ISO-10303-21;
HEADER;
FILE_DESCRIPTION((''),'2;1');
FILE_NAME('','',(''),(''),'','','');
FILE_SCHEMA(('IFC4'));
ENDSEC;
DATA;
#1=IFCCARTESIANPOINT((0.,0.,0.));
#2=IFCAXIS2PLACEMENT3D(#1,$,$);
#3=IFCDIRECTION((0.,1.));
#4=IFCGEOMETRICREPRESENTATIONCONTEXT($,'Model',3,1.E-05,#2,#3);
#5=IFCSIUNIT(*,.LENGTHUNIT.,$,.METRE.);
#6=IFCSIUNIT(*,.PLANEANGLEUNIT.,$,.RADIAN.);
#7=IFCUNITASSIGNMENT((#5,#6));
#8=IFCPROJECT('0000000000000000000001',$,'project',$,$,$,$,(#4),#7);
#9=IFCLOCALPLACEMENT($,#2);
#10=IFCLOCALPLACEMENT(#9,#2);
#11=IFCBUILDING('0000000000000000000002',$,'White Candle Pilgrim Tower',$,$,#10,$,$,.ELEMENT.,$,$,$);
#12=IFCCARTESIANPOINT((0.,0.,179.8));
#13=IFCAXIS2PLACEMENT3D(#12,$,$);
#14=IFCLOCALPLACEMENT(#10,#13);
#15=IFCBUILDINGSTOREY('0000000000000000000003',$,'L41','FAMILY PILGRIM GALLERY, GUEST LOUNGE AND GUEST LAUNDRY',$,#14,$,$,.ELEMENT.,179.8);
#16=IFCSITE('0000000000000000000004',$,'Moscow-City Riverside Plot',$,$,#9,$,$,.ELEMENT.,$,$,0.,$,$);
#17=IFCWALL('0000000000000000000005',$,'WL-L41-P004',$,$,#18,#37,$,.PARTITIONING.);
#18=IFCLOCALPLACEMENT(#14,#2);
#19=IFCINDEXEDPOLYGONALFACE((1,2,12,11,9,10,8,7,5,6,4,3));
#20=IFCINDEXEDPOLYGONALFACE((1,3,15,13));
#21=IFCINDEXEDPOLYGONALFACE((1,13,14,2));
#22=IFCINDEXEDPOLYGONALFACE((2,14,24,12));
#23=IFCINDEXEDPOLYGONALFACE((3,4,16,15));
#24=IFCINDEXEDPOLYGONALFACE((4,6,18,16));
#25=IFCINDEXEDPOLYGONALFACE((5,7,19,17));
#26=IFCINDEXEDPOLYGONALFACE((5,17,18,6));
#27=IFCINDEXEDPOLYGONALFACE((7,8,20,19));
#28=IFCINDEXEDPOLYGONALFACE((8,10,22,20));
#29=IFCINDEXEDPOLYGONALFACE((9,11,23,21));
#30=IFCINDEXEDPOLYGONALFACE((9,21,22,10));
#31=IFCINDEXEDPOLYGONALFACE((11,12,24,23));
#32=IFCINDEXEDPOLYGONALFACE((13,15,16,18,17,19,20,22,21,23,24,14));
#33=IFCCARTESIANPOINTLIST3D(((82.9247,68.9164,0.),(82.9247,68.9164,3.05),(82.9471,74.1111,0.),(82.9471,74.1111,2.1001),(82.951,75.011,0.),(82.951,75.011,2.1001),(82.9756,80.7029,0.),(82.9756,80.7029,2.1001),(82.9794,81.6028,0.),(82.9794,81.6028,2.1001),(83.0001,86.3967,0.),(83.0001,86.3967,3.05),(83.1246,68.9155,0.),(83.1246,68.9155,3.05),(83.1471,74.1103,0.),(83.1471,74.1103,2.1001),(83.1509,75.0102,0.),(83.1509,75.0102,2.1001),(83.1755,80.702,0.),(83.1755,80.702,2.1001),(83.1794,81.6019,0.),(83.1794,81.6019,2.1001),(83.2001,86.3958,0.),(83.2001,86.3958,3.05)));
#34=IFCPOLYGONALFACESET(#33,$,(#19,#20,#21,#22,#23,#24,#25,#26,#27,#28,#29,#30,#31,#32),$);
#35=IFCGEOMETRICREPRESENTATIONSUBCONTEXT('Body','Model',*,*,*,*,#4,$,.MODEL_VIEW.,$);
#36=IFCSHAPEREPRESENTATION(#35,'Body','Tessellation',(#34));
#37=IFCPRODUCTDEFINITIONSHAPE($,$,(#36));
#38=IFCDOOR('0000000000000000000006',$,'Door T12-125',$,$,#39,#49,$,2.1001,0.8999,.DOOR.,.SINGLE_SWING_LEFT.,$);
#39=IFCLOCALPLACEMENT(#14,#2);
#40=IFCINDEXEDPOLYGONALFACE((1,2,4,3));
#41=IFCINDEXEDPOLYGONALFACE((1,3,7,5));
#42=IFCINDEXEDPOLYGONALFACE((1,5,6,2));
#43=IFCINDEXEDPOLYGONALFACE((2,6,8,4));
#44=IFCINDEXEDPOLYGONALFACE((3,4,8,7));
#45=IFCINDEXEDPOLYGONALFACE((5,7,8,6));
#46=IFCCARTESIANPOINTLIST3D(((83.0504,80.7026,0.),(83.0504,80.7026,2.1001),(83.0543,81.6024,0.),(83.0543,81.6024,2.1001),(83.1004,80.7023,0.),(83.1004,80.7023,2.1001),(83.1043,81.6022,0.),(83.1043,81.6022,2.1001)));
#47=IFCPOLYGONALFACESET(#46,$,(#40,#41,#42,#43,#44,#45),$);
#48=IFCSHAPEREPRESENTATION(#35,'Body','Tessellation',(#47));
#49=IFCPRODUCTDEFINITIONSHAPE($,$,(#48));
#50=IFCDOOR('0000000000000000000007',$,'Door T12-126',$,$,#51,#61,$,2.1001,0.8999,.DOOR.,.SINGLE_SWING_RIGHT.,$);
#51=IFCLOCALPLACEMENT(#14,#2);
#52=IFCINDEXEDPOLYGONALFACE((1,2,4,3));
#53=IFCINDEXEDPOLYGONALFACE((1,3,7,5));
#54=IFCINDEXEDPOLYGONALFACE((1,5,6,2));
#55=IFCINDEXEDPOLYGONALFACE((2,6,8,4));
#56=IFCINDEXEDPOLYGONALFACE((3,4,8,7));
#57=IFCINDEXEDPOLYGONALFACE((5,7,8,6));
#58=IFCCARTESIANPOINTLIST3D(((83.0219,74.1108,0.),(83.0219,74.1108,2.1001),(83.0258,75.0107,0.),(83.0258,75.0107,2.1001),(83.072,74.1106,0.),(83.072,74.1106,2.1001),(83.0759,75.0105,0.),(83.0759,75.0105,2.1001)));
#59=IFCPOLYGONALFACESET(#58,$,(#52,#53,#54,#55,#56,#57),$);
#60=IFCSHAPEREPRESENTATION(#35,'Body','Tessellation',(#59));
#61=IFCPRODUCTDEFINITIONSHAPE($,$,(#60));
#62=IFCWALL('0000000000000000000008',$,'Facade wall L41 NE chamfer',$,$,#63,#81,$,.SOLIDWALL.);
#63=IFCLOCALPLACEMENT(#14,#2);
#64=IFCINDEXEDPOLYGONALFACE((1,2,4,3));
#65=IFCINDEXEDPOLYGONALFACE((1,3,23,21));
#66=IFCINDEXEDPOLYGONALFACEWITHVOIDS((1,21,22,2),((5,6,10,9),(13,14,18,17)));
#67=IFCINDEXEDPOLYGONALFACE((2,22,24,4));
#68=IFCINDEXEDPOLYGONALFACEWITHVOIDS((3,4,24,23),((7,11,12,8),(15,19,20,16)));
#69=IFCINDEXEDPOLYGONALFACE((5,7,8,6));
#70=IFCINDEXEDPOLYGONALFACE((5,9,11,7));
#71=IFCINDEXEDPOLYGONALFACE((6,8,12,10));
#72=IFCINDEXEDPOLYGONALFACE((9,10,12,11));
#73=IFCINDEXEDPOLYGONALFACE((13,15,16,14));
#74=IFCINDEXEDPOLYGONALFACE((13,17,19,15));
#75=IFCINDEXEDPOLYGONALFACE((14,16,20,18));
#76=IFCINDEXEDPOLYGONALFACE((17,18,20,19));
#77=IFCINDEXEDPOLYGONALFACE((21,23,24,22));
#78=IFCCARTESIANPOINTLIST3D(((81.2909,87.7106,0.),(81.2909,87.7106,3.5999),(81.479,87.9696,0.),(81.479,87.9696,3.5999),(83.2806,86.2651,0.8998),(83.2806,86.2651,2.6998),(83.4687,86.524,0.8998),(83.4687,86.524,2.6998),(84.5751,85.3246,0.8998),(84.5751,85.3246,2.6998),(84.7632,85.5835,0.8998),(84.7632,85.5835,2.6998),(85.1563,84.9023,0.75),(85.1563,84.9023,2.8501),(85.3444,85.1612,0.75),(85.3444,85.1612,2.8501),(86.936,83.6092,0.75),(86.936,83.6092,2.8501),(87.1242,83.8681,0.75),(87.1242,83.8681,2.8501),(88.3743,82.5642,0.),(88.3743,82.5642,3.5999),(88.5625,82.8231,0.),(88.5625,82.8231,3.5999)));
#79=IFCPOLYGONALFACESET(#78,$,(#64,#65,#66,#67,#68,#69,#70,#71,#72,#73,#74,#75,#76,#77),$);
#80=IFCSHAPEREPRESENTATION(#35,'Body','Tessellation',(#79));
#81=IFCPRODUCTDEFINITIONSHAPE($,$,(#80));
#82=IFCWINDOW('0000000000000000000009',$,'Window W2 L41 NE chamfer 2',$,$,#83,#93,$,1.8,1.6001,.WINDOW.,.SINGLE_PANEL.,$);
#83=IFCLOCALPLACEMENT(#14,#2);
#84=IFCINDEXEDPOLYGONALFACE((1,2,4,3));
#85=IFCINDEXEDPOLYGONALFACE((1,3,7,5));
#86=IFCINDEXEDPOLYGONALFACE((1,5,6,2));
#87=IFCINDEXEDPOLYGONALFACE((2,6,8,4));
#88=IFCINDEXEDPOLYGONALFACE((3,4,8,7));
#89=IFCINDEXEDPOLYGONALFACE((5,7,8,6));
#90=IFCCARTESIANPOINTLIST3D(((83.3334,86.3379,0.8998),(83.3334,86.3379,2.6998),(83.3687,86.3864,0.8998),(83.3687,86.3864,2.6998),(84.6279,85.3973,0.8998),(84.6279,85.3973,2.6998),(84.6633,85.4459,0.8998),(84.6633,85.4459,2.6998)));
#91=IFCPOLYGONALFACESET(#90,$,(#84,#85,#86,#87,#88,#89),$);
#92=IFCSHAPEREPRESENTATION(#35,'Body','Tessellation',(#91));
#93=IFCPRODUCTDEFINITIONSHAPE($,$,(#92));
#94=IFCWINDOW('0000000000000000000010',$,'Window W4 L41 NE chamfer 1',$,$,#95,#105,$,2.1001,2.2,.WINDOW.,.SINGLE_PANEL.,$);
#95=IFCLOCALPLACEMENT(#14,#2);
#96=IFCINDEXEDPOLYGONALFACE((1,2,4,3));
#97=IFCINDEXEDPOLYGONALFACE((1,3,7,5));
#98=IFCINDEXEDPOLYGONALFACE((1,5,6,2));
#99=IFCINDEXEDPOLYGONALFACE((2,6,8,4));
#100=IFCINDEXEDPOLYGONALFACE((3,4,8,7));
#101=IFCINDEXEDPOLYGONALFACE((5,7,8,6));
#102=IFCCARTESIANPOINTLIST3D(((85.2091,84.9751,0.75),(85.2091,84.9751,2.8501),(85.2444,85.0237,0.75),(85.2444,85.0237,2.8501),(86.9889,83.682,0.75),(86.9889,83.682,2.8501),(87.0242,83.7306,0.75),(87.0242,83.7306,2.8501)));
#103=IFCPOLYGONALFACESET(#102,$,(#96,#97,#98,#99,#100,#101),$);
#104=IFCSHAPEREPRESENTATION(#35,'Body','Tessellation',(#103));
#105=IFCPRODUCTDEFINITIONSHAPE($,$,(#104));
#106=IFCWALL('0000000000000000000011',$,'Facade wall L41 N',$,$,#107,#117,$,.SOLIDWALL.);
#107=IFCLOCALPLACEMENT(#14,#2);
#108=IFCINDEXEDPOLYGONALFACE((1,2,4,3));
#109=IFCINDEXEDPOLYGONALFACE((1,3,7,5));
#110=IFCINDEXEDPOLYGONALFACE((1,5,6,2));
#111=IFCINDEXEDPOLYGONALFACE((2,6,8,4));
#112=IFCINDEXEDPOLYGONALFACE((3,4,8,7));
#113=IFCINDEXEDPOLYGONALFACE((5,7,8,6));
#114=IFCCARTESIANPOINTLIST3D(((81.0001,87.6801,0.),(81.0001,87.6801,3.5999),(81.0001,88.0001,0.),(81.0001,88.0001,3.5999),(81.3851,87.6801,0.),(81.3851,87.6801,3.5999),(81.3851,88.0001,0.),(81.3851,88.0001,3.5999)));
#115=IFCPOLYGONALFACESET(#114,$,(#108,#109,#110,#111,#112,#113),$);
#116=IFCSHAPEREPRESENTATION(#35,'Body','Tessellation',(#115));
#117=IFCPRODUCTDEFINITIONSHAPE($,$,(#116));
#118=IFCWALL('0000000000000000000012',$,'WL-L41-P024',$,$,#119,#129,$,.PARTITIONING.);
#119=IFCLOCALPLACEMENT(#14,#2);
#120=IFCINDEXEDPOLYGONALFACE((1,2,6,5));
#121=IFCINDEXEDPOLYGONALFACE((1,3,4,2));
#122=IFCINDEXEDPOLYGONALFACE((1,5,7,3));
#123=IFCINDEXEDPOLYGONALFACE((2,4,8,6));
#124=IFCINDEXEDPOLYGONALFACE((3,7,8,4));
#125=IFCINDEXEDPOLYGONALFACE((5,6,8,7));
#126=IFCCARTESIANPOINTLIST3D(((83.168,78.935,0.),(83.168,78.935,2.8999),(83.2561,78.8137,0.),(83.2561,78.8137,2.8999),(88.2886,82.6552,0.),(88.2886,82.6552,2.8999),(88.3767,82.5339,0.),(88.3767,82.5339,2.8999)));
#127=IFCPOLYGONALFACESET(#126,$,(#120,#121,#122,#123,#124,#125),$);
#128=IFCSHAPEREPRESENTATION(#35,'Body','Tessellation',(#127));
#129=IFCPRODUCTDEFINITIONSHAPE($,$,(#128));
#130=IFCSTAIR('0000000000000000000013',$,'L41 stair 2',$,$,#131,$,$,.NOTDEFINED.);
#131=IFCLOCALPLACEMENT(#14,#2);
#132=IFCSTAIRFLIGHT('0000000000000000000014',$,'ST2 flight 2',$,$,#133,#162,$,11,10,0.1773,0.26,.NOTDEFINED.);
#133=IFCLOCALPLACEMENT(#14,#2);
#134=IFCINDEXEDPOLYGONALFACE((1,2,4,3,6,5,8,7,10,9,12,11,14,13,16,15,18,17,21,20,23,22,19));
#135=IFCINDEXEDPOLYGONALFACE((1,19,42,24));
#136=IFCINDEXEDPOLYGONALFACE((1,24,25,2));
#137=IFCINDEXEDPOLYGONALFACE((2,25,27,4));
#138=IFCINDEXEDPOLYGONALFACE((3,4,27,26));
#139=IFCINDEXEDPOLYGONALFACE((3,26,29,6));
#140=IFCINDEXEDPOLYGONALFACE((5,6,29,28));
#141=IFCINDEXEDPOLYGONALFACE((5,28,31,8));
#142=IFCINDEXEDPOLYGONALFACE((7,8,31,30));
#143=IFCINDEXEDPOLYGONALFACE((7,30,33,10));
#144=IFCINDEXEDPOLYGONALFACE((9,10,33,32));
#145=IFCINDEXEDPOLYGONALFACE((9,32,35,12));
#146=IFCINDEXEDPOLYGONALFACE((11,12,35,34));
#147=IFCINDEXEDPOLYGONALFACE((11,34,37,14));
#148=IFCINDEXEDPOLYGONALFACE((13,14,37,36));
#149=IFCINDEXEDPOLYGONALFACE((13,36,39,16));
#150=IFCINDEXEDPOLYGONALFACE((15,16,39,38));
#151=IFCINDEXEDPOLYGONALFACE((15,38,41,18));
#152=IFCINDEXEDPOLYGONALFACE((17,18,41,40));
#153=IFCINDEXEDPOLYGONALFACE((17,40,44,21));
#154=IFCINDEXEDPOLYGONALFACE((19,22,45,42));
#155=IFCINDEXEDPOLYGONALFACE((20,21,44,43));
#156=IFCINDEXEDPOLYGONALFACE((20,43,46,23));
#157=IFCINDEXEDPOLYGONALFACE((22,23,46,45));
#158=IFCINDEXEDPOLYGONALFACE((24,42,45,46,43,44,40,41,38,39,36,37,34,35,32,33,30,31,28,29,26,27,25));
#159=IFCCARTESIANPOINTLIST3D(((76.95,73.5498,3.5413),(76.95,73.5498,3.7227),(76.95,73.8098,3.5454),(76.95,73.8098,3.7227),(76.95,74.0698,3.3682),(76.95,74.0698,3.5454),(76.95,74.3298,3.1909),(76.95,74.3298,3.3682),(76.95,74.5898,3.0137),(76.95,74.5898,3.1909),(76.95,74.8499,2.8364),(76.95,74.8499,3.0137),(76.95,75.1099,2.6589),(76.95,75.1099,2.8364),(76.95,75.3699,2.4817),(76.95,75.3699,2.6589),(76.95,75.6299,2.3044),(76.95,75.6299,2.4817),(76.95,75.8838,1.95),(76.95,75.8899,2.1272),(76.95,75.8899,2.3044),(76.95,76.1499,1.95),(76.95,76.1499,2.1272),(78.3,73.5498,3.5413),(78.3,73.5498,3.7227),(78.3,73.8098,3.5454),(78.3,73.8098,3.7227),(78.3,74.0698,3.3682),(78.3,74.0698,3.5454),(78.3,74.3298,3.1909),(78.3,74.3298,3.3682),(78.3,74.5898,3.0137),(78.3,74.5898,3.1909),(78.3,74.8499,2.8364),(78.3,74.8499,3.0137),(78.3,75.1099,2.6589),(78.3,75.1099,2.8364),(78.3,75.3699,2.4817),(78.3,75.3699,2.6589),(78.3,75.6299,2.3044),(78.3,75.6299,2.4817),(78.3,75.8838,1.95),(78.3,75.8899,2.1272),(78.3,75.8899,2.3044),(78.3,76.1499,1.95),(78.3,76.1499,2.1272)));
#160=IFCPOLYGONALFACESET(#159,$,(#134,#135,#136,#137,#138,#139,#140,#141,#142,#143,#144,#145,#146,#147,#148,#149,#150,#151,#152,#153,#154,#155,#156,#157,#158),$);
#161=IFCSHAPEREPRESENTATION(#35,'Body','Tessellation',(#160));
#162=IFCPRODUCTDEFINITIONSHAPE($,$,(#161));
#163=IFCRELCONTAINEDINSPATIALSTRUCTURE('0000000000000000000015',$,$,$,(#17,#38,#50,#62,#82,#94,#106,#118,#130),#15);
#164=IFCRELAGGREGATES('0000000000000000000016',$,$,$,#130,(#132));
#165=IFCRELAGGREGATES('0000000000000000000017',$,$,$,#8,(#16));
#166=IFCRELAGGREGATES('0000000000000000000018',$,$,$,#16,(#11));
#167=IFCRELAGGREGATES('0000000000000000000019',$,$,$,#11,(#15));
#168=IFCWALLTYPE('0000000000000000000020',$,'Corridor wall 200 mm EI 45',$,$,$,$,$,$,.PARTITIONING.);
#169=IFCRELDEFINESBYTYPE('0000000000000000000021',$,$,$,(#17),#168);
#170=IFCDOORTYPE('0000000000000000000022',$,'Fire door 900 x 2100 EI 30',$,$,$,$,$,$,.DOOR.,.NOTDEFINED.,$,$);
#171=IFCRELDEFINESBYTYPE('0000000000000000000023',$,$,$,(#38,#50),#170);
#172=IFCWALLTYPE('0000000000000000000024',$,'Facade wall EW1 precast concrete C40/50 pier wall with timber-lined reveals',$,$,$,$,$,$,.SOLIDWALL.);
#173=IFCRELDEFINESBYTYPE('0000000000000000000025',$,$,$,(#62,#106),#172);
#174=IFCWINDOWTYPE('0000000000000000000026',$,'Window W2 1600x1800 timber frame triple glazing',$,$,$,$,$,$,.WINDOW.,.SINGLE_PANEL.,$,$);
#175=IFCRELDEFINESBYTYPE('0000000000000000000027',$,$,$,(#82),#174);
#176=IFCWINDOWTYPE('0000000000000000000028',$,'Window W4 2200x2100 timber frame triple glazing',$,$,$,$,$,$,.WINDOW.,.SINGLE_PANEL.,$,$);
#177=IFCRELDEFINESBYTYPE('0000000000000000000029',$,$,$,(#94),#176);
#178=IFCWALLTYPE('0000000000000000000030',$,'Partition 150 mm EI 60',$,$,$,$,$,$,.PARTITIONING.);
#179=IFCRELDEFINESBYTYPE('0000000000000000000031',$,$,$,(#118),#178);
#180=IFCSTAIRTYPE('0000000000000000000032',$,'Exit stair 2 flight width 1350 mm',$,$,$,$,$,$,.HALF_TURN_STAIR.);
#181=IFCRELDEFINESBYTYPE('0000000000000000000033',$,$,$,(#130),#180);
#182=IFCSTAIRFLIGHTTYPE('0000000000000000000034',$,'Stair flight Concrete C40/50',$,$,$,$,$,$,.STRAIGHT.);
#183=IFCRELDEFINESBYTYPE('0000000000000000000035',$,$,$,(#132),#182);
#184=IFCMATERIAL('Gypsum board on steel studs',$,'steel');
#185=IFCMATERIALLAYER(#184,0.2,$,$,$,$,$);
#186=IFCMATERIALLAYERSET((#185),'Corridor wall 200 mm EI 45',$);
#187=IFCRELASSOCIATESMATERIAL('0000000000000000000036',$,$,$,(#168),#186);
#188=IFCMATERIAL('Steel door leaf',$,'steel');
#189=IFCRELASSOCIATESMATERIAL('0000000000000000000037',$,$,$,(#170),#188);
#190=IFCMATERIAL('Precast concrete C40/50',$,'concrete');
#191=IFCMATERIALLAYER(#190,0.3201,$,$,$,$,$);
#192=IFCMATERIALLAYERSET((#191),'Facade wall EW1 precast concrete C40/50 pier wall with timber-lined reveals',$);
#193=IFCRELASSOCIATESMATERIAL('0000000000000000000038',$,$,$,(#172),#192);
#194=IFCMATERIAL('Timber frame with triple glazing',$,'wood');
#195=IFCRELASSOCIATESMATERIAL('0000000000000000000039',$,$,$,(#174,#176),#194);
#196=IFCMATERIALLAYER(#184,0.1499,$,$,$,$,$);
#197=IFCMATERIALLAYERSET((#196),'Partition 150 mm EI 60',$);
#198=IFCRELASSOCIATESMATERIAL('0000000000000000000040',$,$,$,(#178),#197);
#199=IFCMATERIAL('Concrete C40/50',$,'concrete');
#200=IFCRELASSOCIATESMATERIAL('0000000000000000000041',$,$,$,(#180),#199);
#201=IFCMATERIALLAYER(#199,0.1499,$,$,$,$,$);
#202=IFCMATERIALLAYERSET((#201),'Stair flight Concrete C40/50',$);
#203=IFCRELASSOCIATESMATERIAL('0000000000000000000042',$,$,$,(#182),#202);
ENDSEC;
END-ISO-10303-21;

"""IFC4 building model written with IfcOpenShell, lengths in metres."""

from ifc_helpers import new_model, si_unit, direction, frame, frame_2d, origin, place, context, subcontext, project, spatial, polyline, rectangle, outline, extrude, material, layer, layer_set, type_object, element, fill, aggregate, save


model = new_model("IFC4")

# Units and contexts
model_context = context("Model", 3, precision=1e-05, world=origin(), true_north=direction((0.0, 1.0)))
body_context = subcontext(model_context, "Body", "Model", "MODEL_VIEW")
ifc_project = project(units=[si_unit("LENGTHUNIT", "METRE"), si_unit("PLANEANGLEUNIT", "RADIAN")], contexts=[model_context])

# Site, building, storey
site_placement = place(None, origin())
site = spatial("IfcSite", under=ifc_project, at=site_placement, Name="Moscow-City Riverside Plot", CompositionType="ELEMENT", RefElevation=0.0)
building_placement = place(site_placement, origin())
building = spatial("IfcBuilding", under=site, at=building_placement, Name="White Candle Pilgrim Tower", CompositionType="ELEMENT")
storey_placement = place(building_placement, frame((0.0, 0.0, 179.8)))
storey = spatial("IfcBuildingStorey", under=building, at=storey_placement, Name="L41", Description="FAMILY PILGRIM GALLERY, GUEST LOUNGE AND GUEST LAUNDRY", CompositionType="ELEMENT", Elevation=179.8)

# Shared definitions
ifc_material_1 = material(Name="Steel door leaf", Category="steel")

# Wall, openings, doors
ifc_material_2 = material(Name="Gypsum board on steel studs", Category="steel")
ifc_layer_1 = layer(ifc_material_2, 0.2)
ifc_layer_set_1 = layer_set([ifc_layer_1], Name="Corridor wall 200 mm EI 45")
wall_type_1 = type_object("IfcWallType", Name="Corridor wall 200 mm EI 45", PredefinedType="PARTITIONING", material=ifc_layer_set_1)
wall_1_placement = place(storey_placement, frame((83.1001, 86.3962, 0.0), z_axis=(0.0, 0.0, 1.0), x_axis=(-0.004316, -0.999991, 0.0)))
wall_1 = element("IfcWall", 1, at=wall_1_placement, inside=storey, type_object=wall_type_1, Name="WL-L41-P004", PredefinedType="PARTITIONING", context=body_context, shape_type="SweptSolid", body=[
    extrude(rectangle(XDim=17.4805, YDim=0.2, at=frame_2d((8.7402, 0.0))), origin(), (0.0, 0.0, 1.0), 3.05),
])
opening_1_placement = place(wall_1_placement, frame((4.7939, 0.0, 0.0)))
opening_1 = element("IfcOpeningElement", 2, at=opening_1_placement, cuts=wall_1, PredefinedType="OPENING", context=body_context, shape_type="SweptSolid", body=[
    extrude(rectangle(XDim=0.8999, YDim=2.1001, at=frame_2d((0.45, 1.05))), frame((0.0, 0.1099, 0.0), z_axis=(0.0, -1.0, 0.0), x_axis=(1.0, 0.0, 0.0)), (0.0, 0.0, 1.0), 0.22),
])
opening_2_placement = place(wall_1_placement, frame((11.3857, 0.0, 0.0)))
opening_2 = element("IfcOpeningElement", 3, at=opening_2_placement, cuts=wall_1, PredefinedType="OPENING", context=body_context, shape_type="SweptSolid", body=[
    extrude(rectangle(XDim=0.8999, YDim=2.1001, at=frame_2d((0.45, 1.05))), frame((0.0, 0.1099, 0.0), z_axis=(0.0, -1.0, 0.0), x_axis=(1.0, 0.0, 0.0)), (0.0, 0.0, 1.0), 0.22),
])
door_type_1 = type_object("IfcDoorType", Name="Fire door 900 x 2100 EI 30", OperationType="NOTDEFINED", PredefinedType="DOOR", material=ifc_material_1)
door_1_placement = place(opening_1_placement, origin())
door_1 = element("IfcDoor", 4, at=door_1_placement, inside=storey, type_object=door_type_1, Name="Door T12-125", OperationType="SINGLE_SWING_LEFT", OverallHeight=2.1001, OverallWidth=0.8999, PredefinedType="DOOR", context=body_context, shape_type="SweptSolid", body=[
    extrude(rectangle(XDim=0.8999, YDim=2.1001, at=frame_2d((0.45, 1.05))), frame((0.0, 0.0249, 0.0), z_axis=(0.0, -1.0, 0.0), x_axis=(1.0, 0.0, 0.0)), (0.0, 0.0, 1.0), 0.05),
])
fill(opening_1, door_1)
door_2_placement = place(opening_2_placement, origin())
door_2 = element("IfcDoor", 5, at=door_2_placement, inside=storey, type_object=door_type_1, Name="Door T12-126", OperationType="SINGLE_SWING_RIGHT", OverallHeight=2.1001, OverallWidth=0.8999, PredefinedType="DOOR", context=body_context, shape_type="SweptSolid", body=[
    extrude(rectangle(XDim=0.8999, YDim=2.1001, at=frame_2d((0.45, 1.05))), frame((0.0, 0.0249, 0.0), z_axis=(0.0, -1.0, 0.0), x_axis=(1.0, 0.0, 0.0)), (0.0, 0.0, 1.0), 0.05),
])
fill(opening_2, door_2)

# Wall, openings, windows
ifc_material_3 = material(Name="Precast concrete C40/50", Category="concrete")
ifc_layer_2 = layer(ifc_material_3, 0.3201)
ifc_layer_set_2 = layer_set([ifc_layer_2], Name="Facade wall EW1 precast concrete C40/50 pier wall with timber-lined reveals")
wall_type_2 = type_object("IfcWallType", Name="Facade wall EW1 precast concrete C40/50 pier wall with timber-lined reveals", PredefinedType="SOLIDWALL", material=ifc_layer_set_2)
wall_2_placement = place(storey_placement, frame((88.4685, 82.6936, 0.0), z_axis=(0.0, 0.0, 1.0), x_axis=(-0.809016, 0.587787, 0.0)))
wall_2 = element("IfcWall", 6, at=wall_2_placement, inside=storey, type_object=wall_type_2, Name="Facade wall L41 NE chamfer", PredefinedType="SOLIDWALL", context=body_context, shape_type="SweptSolid", body=[
    extrude(rectangle(XDim=8.7556, YDim=0.3201, at=frame_2d((4.3779, 0.0))), origin(), (0.0, 0.0, 1.0), 3.5999),
])
opening_3_placement = place(wall_2_placement, frame((1.7778, 0.0, 0.75)))
opening_3 = element("IfcOpeningElement", 7, at=opening_3_placement, cuts=wall_2, PredefinedType="OPENING", context=body_context, shape_type="SweptSolid", body=[
    extrude(rectangle(XDim=2.2, YDim=2.1001, at=frame_2d((1.1001, 1.05))), frame((0.0, 0.1699, 0.0), z_axis=(0.0, -1.0, 0.0), x_axis=(1.0, 0.0, 0.0)), (0.0, 0.0, 1.0), 0.3401),
])
opening_4_placement = place(wall_2_placement, frame((4.6963, 0.0, 0.8999)))
opening_4 = element("IfcOpeningElement", 8, at=opening_4_placement, cuts=wall_2, PredefinedType="OPENING", context=body_context, shape_type="SweptSolid", body=[
    extrude(rectangle(XDim=1.6001, YDim=1.8, at=frame_2d((0.8, 0.8999))), frame((0.0, 0.1699, 0.0), z_axis=(0.0, -1.0, 0.0), x_axis=(1.0, 0.0, 0.0)), (0.0, 0.0, 1.0), 0.3401),
])
ifc_material_4 = material(Name="Timber frame with triple glazing", Category="wood")
window_type_1 = type_object("IfcWindowType", Name="Window W2 1600x1800 timber frame triple glazing", PartitioningType="SINGLE_PANEL", PredefinedType="WINDOW", material=ifc_material_4)
window_1_placement = place(opening_4_placement, origin())
window_1 = element("IfcWindow", 9, at=window_1_placement, inside=storey, type_object=window_type_1, Name="Window W2 L41 NE chamfer 2", OverallHeight=1.8, OverallWidth=1.6001, PartitioningType="SINGLE_PANEL", PredefinedType="WINDOW", context=body_context, shape_type="SweptSolid", body=[
    extrude(rectangle(XDim=1.6001, YDim=1.8, at=frame_2d((0.8, 0.8999))), frame((0.0, 0.0701, 0.0), z_axis=(0.0, -1.0, 0.0), x_axis=(1.0, 0.0, 0.0)), (0.0, 0.0, 1.0), 0.0601),
])
fill(opening_4, window_1)
window_type_2 = type_object("IfcWindowType", Name="Window W4 2200x2100 timber frame triple glazing", PartitioningType="SINGLE_PANEL", PredefinedType="WINDOW", material=ifc_material_4)
window_2_placement = place(opening_3_placement, origin())
window_2 = element("IfcWindow", 10, at=window_2_placement, inside=storey, type_object=window_type_2, Name="Window W4 L41 NE chamfer 1", OverallHeight=2.1001, OverallWidth=2.2, PartitioningType="SINGLE_PANEL", PredefinedType="WINDOW", context=body_context, shape_type="SweptSolid", body=[
    extrude(rectangle(XDim=2.2, YDim=2.1001, at=frame_2d((1.1001, 1.05))), frame((0.0, 0.0701, 0.0), z_axis=(0.0, -1.0, 0.0), x_axis=(1.0, 0.0, 0.0)), (0.0, 0.0, 1.0), 0.0601),
])
fill(opening_3, window_2)

# Walls
wall_3_placement = place(storey_placement, frame((81.385, 87.8401, 0.0), z_axis=(0.0, 0.0, 1.0), x_axis=(-1.0, 0.0, 0.0)))
element("IfcWall", 11, at=wall_3_placement, inside=storey, type_object=wall_type_2, Name="Facade wall L41 N", PredefinedType="SOLIDWALL", context=body_context, shape_type="SweptSolid", body=[
    extrude(rectangle(XDim=0.385, YDim=0.3201, at=frame_2d((0.1924, 0.0))), origin(), (0.0, 0.0, 1.0), 3.5999),
])
ifc_layer_3 = layer(ifc_material_2, 0.1499)
ifc_layer_set_3 = layer_set([ifc_layer_3], Name="Partition 150 mm EI 60")
wall_type_3 = type_object("IfcWallType", Name="Partition 150 mm EI 60", PredefinedType="PARTITIONING", material=ifc_layer_set_3)
wall_4_placement = place(storey_placement, frame((88.3325, 82.5945, 0.0), z_axis=(0.0, 0.0, 1.0), x_axis=(-0.809026, -0.587773, 0.0)))
element("IfcWall", 12, at=wall_4_placement, inside=storey, type_object=wall_type_3, Name="WL-L41-P024", PredefinedType="PARTITIONING", context=body_context, shape_type="SweptSolid", body=[
    extrude(rectangle(XDim=6.3293, YDim=0.1499, at=frame_2d((3.1646, 0.0))), origin(), (0.0, 0.0, 1.0), 2.8999),
])

# Stair, stair flight
ifc_material_5 = material(Name="Concrete C40/50", Category="concrete")
stair_type = type_object("IfcStairType", Name="Exit stair 2 flight width 1350 mm", PredefinedType="HALF_TURN_STAIR", material=ifc_material_5)
stair_placement = place(storey_placement, origin())
stair = element("IfcStair", 13, at=stair_placement, inside=storey, type_object=stair_type, Name="L41 stair 2", PredefinedType="NOTDEFINED")
ifc_layer_4 = layer(ifc_material_5, 0.1499)
ifc_layer_set_4 = layer_set([ifc_layer_4], Name="Stair flight Concrete C40/50")
stair_flight_type = type_object("IfcStairFlightType", Name="Stair flight Concrete C40/50", PredefinedType="STRAIGHT", material=ifc_layer_set_4)
stair_flight_placement = place(storey_placement, frame((77.625, 76.1499, 1.95), z_axis=(0.0, 0.0, 1.0), x_axis=(0.0, -1.0, 0.0)))
stair_flight = element("IfcStairFlight", 14, at=stair_flight_placement, type_object=stair_flight_type, Name="ST2 flight 2", NumberOfRisers=11, NumberOfTreads=10, PredefinedType="NOTDEFINED", RiserHeight=0.1773, TreadLength=0.26, context=body_context, shape_type="SweptSolid", body=[
    extrude(outline(polyline([(0.0, 0.0), (0.0, 0.1772), (0.26, 0.1772), (0.26, 0.3545), (0.52, 0.3545), (0.52, 0.5317), (0.78, 0.5317), (0.78, 0.709), (1.04, 0.709), (1.04, 0.8865), (1.3, 0.8865), (1.3, 1.0637), (1.5601, 1.0637), (1.5601, 1.241), (1.8201, 1.241), (1.8201, 1.4182), (2.0801, 1.4182), (2.0801, 1.5955), (2.3401, 1.5955), (2.3401, 1.7727), (2.6001, 1.7727), (2.6001, 1.95), (2.6001, 1.5913), (0.2661, 0.0), (0.0, 0.0)])), frame((0.0, 0.675, 0.0), z_axis=(0.0, -1.0, 0.0), x_axis=(1.0, 0.0, 0.0)), (0.0, 0.0, 1.0), 1.3501),
])
aggregate(stair, [stair_flight])

save(model, "model.ifc")
